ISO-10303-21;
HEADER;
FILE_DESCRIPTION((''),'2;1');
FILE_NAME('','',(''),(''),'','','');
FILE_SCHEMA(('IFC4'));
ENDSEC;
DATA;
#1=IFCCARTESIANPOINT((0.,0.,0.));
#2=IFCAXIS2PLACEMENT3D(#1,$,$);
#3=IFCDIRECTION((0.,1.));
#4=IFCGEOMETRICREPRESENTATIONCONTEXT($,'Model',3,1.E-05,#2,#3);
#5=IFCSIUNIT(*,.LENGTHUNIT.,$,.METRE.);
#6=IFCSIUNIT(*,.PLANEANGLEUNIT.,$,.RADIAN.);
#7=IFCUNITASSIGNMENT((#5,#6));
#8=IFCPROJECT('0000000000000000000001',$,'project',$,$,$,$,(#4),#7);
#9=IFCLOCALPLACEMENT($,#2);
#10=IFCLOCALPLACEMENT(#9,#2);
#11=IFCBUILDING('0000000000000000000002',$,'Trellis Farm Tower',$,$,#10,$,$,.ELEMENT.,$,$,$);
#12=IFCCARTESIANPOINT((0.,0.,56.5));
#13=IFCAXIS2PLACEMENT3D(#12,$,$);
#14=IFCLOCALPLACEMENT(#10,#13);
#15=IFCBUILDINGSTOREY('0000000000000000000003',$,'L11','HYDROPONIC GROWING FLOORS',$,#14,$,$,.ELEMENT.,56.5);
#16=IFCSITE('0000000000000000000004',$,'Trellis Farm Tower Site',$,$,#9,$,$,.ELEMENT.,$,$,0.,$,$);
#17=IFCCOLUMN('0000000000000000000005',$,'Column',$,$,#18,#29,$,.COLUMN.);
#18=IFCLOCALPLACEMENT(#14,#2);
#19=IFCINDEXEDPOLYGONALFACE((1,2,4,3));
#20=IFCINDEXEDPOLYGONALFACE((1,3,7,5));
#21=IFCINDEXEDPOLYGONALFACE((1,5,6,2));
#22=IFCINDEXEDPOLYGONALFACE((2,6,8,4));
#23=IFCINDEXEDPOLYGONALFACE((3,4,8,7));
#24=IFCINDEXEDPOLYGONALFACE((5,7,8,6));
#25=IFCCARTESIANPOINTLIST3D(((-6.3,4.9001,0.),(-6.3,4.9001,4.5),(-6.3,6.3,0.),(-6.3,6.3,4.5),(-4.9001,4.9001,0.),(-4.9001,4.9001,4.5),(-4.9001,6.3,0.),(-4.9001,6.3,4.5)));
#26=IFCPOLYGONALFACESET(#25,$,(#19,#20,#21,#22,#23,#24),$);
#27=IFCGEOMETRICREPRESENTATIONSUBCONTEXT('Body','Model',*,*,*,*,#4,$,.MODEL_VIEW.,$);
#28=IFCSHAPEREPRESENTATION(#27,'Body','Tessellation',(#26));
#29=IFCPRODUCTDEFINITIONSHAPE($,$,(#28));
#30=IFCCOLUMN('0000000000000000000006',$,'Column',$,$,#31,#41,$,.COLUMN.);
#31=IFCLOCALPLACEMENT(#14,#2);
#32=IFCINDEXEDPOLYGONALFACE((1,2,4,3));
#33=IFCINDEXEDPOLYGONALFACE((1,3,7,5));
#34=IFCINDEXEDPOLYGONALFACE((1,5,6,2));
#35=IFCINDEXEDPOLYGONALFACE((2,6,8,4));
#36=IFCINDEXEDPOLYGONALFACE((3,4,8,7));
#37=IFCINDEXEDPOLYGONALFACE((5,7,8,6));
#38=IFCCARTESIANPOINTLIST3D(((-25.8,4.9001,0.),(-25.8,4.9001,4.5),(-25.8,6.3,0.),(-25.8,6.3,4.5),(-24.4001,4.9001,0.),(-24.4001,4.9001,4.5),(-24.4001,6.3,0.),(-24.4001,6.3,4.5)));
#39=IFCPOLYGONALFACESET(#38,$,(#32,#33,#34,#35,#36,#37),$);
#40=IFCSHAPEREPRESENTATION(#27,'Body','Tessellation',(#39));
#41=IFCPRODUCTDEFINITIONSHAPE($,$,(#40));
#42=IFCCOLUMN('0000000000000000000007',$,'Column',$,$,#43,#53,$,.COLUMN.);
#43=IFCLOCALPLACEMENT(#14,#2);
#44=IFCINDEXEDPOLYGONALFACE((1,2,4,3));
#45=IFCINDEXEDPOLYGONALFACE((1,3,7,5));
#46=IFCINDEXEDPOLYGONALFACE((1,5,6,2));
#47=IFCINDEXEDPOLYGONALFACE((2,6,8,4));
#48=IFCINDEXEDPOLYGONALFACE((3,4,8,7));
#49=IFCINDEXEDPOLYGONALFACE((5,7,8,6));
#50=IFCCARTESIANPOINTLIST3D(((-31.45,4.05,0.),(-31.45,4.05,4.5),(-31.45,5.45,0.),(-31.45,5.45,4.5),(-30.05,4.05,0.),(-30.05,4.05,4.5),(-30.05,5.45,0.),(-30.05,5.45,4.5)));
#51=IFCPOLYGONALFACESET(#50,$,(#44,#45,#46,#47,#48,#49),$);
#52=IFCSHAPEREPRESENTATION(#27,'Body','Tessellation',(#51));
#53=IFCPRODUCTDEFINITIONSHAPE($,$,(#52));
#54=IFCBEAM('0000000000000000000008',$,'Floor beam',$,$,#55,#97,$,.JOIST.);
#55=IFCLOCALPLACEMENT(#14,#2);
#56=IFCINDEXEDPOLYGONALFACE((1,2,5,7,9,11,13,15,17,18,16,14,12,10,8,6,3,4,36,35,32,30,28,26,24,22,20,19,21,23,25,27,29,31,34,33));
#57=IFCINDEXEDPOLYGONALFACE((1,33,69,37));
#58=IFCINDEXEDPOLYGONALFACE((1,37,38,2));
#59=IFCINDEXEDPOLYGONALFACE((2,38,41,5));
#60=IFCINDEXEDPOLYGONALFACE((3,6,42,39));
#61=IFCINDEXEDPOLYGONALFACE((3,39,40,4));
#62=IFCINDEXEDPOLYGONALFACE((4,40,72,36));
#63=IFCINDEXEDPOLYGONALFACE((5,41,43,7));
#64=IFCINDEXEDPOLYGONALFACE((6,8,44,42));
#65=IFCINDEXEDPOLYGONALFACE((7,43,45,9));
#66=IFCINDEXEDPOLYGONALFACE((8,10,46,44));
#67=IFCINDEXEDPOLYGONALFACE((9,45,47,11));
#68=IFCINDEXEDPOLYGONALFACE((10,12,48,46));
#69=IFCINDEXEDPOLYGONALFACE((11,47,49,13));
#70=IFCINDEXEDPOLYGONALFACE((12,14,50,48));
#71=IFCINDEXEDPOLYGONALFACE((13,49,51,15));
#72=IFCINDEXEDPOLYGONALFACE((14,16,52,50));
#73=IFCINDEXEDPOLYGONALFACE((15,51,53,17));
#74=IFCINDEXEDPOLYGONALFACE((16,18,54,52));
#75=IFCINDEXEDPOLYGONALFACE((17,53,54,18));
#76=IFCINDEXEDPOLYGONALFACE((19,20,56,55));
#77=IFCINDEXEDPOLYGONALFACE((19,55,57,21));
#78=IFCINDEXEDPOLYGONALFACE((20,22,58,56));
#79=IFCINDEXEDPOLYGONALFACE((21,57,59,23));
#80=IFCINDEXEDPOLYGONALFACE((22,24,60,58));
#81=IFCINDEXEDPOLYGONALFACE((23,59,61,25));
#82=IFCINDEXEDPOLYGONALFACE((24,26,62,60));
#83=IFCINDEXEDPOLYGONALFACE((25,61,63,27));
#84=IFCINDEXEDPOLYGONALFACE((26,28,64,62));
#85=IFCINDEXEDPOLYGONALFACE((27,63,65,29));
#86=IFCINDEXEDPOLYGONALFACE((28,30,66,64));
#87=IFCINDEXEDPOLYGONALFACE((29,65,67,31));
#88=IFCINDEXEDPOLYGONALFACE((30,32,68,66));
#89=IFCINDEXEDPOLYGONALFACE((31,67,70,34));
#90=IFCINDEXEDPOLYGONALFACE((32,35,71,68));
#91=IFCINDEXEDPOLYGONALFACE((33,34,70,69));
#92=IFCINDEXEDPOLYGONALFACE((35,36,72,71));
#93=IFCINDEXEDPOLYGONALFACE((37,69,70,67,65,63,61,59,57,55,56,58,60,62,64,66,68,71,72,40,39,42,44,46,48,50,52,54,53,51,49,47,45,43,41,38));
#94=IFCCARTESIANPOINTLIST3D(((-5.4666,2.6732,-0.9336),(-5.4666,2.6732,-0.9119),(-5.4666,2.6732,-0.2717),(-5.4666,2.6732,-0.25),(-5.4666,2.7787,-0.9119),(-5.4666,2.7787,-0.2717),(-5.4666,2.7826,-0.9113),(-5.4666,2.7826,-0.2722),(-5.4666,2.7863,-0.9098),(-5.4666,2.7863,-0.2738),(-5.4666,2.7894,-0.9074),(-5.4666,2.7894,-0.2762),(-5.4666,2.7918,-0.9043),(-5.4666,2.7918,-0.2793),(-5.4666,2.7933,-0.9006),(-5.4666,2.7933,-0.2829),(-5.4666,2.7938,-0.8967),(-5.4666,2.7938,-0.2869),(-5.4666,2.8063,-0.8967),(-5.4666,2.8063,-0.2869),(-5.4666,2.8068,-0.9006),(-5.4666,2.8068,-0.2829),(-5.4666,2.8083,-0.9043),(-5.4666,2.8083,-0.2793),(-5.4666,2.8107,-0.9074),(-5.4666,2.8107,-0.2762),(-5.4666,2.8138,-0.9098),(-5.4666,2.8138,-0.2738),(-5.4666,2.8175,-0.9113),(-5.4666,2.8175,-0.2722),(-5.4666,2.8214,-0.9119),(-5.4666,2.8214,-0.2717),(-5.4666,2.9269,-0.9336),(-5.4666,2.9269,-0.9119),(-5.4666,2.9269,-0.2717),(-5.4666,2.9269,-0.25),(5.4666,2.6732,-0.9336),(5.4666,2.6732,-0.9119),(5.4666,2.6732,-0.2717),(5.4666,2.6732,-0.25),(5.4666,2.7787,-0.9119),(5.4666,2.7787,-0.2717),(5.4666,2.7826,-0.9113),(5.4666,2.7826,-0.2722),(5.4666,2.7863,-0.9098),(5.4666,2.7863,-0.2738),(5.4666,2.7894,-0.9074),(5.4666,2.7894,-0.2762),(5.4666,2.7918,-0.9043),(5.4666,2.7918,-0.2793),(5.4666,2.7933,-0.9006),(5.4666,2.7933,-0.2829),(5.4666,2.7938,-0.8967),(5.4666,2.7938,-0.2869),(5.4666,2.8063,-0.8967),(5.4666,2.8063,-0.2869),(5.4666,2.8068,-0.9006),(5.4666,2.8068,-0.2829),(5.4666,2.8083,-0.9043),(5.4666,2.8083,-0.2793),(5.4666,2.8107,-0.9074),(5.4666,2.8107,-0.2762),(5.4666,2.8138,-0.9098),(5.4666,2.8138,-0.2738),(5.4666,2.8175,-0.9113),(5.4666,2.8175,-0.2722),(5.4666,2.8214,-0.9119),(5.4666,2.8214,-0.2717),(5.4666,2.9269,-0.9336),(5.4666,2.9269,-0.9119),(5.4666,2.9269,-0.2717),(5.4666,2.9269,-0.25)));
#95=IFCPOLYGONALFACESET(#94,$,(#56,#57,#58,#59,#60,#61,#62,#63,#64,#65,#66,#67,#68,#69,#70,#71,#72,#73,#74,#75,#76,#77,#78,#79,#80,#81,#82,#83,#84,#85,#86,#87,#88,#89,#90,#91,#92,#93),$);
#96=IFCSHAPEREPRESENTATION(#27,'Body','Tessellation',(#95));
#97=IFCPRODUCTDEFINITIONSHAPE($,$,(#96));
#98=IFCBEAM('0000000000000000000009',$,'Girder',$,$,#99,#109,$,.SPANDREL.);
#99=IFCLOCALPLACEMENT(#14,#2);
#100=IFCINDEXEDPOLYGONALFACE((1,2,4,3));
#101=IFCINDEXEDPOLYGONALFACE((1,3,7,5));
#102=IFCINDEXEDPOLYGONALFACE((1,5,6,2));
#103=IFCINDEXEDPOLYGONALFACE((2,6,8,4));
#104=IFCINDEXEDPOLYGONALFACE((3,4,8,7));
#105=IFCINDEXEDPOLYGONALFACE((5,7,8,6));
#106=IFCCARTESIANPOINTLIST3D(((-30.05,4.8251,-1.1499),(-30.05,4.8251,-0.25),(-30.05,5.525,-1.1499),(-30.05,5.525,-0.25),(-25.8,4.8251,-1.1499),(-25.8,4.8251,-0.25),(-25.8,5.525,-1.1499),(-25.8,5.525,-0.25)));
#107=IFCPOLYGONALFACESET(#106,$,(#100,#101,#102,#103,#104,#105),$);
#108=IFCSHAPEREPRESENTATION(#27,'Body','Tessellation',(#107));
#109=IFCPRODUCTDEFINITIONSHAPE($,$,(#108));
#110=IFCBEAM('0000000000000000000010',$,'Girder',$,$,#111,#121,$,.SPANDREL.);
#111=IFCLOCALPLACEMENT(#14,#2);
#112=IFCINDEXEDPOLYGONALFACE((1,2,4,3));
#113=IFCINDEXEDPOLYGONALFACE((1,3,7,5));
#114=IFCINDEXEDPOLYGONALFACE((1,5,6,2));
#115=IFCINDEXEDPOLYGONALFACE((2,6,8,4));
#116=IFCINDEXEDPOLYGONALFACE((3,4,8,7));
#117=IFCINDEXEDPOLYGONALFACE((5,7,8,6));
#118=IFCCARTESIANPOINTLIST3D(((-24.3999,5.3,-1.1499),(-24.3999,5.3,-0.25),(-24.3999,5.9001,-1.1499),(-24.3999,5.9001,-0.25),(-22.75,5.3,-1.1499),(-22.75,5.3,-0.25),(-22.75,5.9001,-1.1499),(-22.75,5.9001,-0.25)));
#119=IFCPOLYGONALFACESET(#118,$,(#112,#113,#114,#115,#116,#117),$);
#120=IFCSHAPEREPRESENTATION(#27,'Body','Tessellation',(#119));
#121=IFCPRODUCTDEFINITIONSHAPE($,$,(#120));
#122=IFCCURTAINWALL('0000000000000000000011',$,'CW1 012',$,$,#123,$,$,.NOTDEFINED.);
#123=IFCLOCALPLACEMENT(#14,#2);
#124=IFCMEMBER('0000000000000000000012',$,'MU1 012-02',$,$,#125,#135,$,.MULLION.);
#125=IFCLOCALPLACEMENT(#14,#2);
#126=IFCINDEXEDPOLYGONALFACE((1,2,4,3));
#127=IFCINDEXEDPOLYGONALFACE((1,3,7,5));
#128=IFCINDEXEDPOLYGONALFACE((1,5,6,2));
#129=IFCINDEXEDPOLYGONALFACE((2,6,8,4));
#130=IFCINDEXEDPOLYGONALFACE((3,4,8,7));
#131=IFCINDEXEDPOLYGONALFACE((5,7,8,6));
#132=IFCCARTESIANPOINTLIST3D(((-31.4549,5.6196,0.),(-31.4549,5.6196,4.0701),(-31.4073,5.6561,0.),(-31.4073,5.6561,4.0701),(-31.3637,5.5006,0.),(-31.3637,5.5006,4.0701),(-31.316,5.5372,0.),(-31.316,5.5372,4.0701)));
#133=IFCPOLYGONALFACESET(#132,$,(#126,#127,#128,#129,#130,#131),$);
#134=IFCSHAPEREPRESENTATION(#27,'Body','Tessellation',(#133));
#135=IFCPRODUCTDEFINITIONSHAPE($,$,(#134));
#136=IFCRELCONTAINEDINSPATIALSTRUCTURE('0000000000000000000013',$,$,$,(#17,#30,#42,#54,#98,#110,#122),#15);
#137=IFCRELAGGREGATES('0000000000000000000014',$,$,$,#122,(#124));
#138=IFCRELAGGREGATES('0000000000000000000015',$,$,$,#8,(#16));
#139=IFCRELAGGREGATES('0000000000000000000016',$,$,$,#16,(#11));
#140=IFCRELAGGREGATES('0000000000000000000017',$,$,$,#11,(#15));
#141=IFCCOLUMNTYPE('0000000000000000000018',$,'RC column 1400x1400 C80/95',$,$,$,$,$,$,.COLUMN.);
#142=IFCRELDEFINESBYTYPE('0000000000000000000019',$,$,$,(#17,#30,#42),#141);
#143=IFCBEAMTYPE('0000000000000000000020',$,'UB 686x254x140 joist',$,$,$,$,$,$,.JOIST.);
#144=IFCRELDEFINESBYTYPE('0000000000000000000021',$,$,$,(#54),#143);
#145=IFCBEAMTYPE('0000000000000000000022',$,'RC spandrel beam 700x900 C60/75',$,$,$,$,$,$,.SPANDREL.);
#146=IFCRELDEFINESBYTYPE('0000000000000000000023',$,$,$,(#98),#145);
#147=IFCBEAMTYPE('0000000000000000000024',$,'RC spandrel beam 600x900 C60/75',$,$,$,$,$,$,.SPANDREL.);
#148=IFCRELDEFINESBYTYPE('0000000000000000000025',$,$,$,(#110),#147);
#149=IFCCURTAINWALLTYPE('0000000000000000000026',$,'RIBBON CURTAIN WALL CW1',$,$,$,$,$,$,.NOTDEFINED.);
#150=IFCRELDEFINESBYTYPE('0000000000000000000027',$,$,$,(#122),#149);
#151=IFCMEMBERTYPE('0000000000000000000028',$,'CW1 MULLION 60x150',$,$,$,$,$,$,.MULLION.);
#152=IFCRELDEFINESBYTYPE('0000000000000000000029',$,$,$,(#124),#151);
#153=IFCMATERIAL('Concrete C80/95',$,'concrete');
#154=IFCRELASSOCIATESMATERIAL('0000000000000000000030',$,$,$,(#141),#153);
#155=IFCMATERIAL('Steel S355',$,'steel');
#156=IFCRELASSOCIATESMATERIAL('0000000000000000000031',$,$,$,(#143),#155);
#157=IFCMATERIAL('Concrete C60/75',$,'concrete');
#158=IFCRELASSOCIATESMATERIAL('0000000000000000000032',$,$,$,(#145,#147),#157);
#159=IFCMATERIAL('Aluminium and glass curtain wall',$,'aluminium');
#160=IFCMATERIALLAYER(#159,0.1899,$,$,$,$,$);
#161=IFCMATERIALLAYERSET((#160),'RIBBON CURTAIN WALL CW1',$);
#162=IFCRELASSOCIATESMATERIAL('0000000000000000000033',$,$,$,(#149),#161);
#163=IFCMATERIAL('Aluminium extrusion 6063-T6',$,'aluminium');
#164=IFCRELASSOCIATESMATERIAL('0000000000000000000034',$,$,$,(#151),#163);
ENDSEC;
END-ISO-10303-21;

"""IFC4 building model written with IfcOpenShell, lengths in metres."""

from ifc_helpers import new_model, si_unit, direction, frame, origin, origin_2d, place, context, subcontext, project, spatial, rectangle, i_section, extrude, source, transform, mapped, material, layer, layer_set, material_profile, profile_set, type_object, element, aggregate, save


model = new_model("IFC4")

# Units and contexts
model_context = context("Model", 3, precision=1e-05, world=origin(), true_north=direction((0.0, 1.0)))
body_context = subcontext(model_context, "Body", "Model", "MODEL_VIEW")
ifc_project = project(units=[si_unit("LENGTHUNIT", "METRE"), si_unit("PLANEANGLEUNIT", "RADIAN")], contexts=[model_context])

# Site, building, storey
site_placement = place(None, origin())
site = spatial("IfcSite", under=ifc_project, at=site_placement, Name="Trellis Farm Tower Site", CompositionType="ELEMENT", RefElevation=0.0)
building_placement = place(site_placement, origin())
building = spatial("IfcBuilding", under=site, at=building_placement, Name="Trellis Farm Tower", CompositionType="ELEMENT")
storey_placement = place(building_placement, frame((0.0, 0.0, 56.5)))
storey = spatial("IfcBuildingStorey", under=building, at=storey_placement, Name="L11", Description="HYDROPONIC GROWING FLOORS", CompositionType="ELEMENT", Elevation=56.5)

# Columns
ifc_material_1 = material(Name="Concrete C80/95", Category="concrete")
ifc_material_profile_1 = material_profile(ifc_material_1, rectangle(XDim=1.3999, YDim=1.3999, at=origin_2d()), Name="RC column 1400x1400 C80/95")
ifc_profile_set_1 = profile_set([ifc_material_profile_1], Name="Concrete C80/95")
column_type = type_object("IfcColumnType", Name="RC column 1400x1400 C80/95", PredefinedType="COLUMN", material=ifc_profile_set_1)
shared_shape_1 = source(origin(), body_context, "Body", "SweptSolid", [
    extrude(rectangle(XDim=1.3999, YDim=1.3999, at=origin_2d()), origin(), (0.0, 0.0, 1.0), 4.5),
])
for number, where, z_axis, x_axis, name in (
    (1, (-5.6001, 5.6001, 0.0), (0.0, 0.0, 1.0), (1.0, 0.0, 0.0), "Column"),
    (2, (-25.1001, 5.6001, 0.0), (0.0, 0.0, 1.0), (1.0, 0.0, 0.0), "Column"),
    (3, (-30.75, 4.75, 0.0), (0.0, 0.0, 1.0), (1.0, 0.0, 0.0), "Column"),
):
    element("IfcColumn", number, at=place(storey_placement, frame(where, z_axis=z_axis, x_axis=x_axis)), inside=storey, type_object=column_type, Name=name, PredefinedType="COLUMN", context=body_context, shape_type="MappedRepresentation", body=[
        mapped(shared_shape_1, transform((0.0, 0.0, 0.0))),
    ])

# Beams
ifc_material_2 = material(Name="Steel S355", Category="steel")
ifc_material_profile_2 = material_profile(ifc_material_2, i_section(OverallWidth=0.2537, OverallDepth=0.6836, WebThickness=0.0125, FlangeThickness=0.0217, FilletRadius=0.0151, at=origin_2d()), Name="UB 686x254x140")
ifc_profile_set_2 = profile_set([ifc_material_profile_2], Name="Steel S355")
beam_type_1 = type_object("IfcBeamType", Name="UB 686x254x140 joist", PredefinedType="JOIST", material=ifc_profile_set_2)
shared_shape_2 = source(origin(), body_context, "Body", "SweptSolid", [
    extrude(i_section(OverallWidth=0.2537, OverallDepth=0.6836, WebThickness=0.0125, FlangeThickness=0.0217, FilletRadius=0.0151, at=origin_2d()), origin(), (0.0, 0.0, 1.0), 10.9331),
])
beam_1_placement = place(storey_placement, frame((-5.4666, 2.8, -0.5918), z_axis=(1.0, 0.0, 0.0), x_axis=(0.0, 1.0, 0.0)))
element("IfcBeam", 4, at=beam_1_placement, inside=storey, type_object=beam_type_1, Name="Floor beam", PredefinedType="JOIST", context=body_context, shape_type="MappedRepresentation", body=[
    mapped(shared_shape_2, transform((0.0, 0.0, 0.0))),
])
ifc_material_3 = material(Name="Concrete C60/75", Category="concrete")
ifc_material_profile_3 = material_profile(ifc_material_3, rectangle(XDim=0.7, YDim=0.8999, at=origin_2d()), Name="RC spandrel beam 700x900 C60/75")
ifc_profile_set_3 = profile_set([ifc_material_profile_3], Name="Concrete C60/75")
beam_type_2 = type_object("IfcBeamType", Name="RC spandrel beam 700x900 C60/75", PredefinedType="SPANDREL", material=ifc_profile_set_3)
shared_shape_3 = source(origin(), body_context, "Body", "SweptSolid", [
    extrude(rectangle(XDim=0.7, YDim=0.8999, at=origin_2d()), origin(), (0.0, 0.0, 1.0), 4.25),
])
beam_2_placement = place(storey_placement, frame((-30.05, 5.175, -0.7), z_axis=(1.0, 0.0, 0.0), x_axis=(0.0, 1.0, 0.0)))
element("IfcBeam", 5, at=beam_2_placement, inside=storey, type_object=beam_type_2, Name="Girder", PredefinedType="SPANDREL", context=body_context, shape_type="MappedRepresentation", body=[
    mapped(shared_shape_3, transform((0.0, 0.0, 0.0))),
])
ifc_material_profile_4 = material_profile(ifc_material_3, rectangle(XDim=0.6001, YDim=0.8999, at=origin_2d()), Name="RC spandrel beam 600x900 C60/75")
ifc_profile_set_4 = profile_set([ifc_material_profile_4], Name="Concrete C60/75")
beam_type_3 = type_object("IfcBeamType", Name="RC spandrel beam 600x900 C60/75", PredefinedType="SPANDREL", material=ifc_profile_set_4)
shared_shape_4 = source(origin(), body_context, "Body", "SweptSolid", [
    extrude(rectangle(XDim=0.6001, YDim=0.8999, at=origin_2d()), origin(), (0.0, 0.0, 1.0), 1.6499),
])
beam_3_placement = place(storey_placement, frame((-24.3999, 5.6001, -0.7), z_axis=(1.0, 0.0, 0.0), x_axis=(0.0, 1.0, 0.0)))
element("IfcBeam", 6, at=beam_3_placement, inside=storey, type_object=beam_type_3, Name="Girder", PredefinedType="SPANDREL", context=body_context, shape_type="MappedRepresentation", body=[
    mapped(shared_shape_4, transform((0.0, 0.0, 0.0))),
])

# Curtain wall, member
ifc_material_4 = material(Name="Aluminium and glass curtain wall", Category="aluminium")
ifc_layer_1 = layer(ifc_material_4, 0.1899)
ifc_layer_set_1 = layer_set([ifc_layer_1], Name="RIBBON CURTAIN WALL CW1")
curtain_wall_type = type_object("IfcCurtainWallType", Name="RIBBON CURTAIN WALL CW1", PredefinedType="NOTDEFINED", material=ifc_layer_set_1)
placement = place(storey_placement, origin())
curtain_wall = element("IfcCurtainWall", 7, at=placement, inside=storey, type_object=curtain_wall_type, Name="CW1 012", PredefinedType="NOTDEFINED")
ifc_material_5 = material(Name="Aluminium extrusion 6063-T6", Category="aluminium")
ifc_material_profile_5 = material_profile(ifc_material_5, rectangle(XDim=0.0601, YDim=0.1499, at=origin_2d()), Name="MULLION 60x150")
ifc_profile_set_5 = profile_set([ifc_material_profile_5], Name="Aluminium extrusion 6063-T6")
member_type = type_object("IfcMemberType", Name="CW1 MULLION 60x150", PredefinedType="MULLION", material=ifc_profile_set_5)
shared_shape_5 = source(origin(), body_context, "Body", "SweptSolid", [
    extrude(rectangle(XDim=0.0601, YDim=0.1499, at=origin_2d()), origin(), (0.0, 0.0, 1.0), 4.0701),
])
member_placement = place(storey_placement, frame((-31.3855, 5.5784, 0.0), z_axis=(0.0, 0.0, 1.0), x_axis=(-0.793353, -0.608761, 0.0)))
member = element("IfcMember", 8, at=member_placement, type_object=member_type, Name="MU1 012-02", PredefinedType="MULLION", context=body_context, shape_type="MappedRepresentation", body=[
    mapped(shared_shape_5, transform((0.0, 0.0, 0.0))),
])
aggregate(curtain_wall, [member])

save(model, "model.ifc")
